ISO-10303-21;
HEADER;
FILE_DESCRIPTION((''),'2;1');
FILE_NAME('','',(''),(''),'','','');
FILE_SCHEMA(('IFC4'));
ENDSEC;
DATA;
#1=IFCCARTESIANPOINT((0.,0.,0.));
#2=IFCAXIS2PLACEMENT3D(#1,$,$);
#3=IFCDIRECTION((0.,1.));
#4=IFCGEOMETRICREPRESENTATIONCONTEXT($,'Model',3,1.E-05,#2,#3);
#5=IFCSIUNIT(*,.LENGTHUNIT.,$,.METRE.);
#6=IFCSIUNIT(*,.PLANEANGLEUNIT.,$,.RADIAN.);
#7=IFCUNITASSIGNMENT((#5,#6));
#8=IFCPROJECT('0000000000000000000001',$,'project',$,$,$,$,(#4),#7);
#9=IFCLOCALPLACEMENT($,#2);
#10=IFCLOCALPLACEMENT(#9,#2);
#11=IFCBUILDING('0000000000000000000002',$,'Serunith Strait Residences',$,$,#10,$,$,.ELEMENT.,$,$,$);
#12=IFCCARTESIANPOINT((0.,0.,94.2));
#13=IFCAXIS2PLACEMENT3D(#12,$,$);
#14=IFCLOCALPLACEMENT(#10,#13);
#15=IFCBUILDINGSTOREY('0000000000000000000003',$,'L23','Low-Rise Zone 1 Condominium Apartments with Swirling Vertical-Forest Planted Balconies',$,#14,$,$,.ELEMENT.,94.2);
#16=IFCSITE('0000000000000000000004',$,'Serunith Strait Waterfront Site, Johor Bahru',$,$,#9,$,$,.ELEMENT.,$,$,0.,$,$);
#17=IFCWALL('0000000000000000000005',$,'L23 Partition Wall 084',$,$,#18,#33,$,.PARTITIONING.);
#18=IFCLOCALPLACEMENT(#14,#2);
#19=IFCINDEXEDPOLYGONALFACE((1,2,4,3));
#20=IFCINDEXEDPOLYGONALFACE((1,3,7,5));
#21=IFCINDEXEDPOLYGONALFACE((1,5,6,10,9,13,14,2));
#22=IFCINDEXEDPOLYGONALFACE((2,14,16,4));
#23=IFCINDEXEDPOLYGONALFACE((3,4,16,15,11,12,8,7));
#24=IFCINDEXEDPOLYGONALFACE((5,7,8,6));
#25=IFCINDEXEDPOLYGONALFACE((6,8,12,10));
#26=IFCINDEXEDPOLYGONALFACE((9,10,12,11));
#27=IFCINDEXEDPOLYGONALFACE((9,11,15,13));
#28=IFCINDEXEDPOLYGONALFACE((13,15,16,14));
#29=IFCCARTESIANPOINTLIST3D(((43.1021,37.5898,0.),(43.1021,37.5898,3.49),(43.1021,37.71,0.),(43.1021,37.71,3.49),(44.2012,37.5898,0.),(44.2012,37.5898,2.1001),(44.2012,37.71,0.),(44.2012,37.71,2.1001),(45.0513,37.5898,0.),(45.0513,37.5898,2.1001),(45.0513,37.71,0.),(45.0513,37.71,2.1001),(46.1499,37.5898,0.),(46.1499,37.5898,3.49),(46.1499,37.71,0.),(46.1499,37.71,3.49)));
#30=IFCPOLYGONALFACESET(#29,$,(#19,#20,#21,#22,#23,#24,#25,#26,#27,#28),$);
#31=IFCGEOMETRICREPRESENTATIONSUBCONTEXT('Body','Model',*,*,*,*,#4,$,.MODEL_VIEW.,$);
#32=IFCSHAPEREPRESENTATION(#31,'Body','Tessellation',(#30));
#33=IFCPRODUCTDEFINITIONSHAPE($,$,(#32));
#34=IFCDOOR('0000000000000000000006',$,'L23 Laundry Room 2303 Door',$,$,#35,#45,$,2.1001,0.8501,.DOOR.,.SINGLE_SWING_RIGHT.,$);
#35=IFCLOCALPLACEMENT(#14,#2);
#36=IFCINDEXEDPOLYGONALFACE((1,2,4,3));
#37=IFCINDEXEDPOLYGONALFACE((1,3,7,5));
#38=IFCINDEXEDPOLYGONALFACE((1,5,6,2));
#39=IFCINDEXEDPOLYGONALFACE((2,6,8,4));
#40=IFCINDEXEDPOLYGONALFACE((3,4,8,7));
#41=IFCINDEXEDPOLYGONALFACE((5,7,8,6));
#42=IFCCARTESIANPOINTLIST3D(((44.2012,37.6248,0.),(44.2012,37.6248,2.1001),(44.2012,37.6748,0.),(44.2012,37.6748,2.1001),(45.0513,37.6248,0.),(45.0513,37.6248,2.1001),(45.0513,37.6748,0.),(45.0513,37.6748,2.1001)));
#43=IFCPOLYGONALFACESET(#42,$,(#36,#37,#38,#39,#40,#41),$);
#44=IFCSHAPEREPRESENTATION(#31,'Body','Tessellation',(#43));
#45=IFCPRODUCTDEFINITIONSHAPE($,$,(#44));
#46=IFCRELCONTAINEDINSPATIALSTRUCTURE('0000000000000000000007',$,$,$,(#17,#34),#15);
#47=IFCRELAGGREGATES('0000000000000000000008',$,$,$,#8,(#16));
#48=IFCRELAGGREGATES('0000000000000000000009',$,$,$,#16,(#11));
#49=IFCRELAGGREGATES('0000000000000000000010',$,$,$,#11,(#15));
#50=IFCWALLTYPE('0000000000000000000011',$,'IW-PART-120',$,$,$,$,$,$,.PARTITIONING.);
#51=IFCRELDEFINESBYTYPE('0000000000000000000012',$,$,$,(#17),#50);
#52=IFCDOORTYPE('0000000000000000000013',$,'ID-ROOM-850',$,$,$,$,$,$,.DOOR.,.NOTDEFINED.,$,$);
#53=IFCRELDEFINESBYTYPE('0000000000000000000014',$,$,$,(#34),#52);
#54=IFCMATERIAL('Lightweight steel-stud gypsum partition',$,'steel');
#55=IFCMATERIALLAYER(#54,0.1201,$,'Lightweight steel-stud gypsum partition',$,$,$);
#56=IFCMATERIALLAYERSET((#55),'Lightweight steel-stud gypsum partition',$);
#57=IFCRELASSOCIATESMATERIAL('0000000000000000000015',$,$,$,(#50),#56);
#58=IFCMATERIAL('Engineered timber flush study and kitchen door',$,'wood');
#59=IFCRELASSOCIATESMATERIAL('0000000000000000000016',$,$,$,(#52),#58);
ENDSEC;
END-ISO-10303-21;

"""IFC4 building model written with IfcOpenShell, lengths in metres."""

from ifc_helpers import new_model, si_unit, direction, frame, frame_2d, origin, place, context, subcontext, project, spatial, rectangle, extrude, source, transform, mapped, material, layer, layer_set, type_object, element, fill, save


model = new_model("IFC4")

# Units and contexts
model_context = context("Model", 3, precision=1e-05, world=origin(), true_north=direction((0.0, 1.0)))
body_context = subcontext(model_context, "Body", "Model", "MODEL_VIEW")
ifc_project = project(units=[si_unit("LENGTHUNIT", "METRE"), si_unit("PLANEANGLEUNIT", "RADIAN")], contexts=[model_context])

# Site, building, storey
site_placement = place(None, origin())
site = spatial("IfcSite", under=ifc_project, at=site_placement, Name="Serunith Strait Waterfront Site, Johor Bahru", CompositionType="ELEMENT", RefElevation=0.0)
building_placement = place(site_placement, origin())
building = spatial("IfcBuilding", under=site, at=building_placement, Name="Serunith Strait Residences", CompositionType="ELEMENT")
storey_placement = place(building_placement, frame((0.0, 0.0, 94.2)))
storey = spatial("IfcBuildingStorey", under=building, at=storey_placement, Name="L23", Description="Low-Rise Zone 1 Condominium Apartments with Swirling Vertical-Forest Planted Balconies", CompositionType="ELEMENT", Elevation=94.2)

# Shared definitions
ifc_material_1 = material(Name="Lightweight steel-stud gypsum partition", Category="steel")
ifc_layer_1 = layer(ifc_material_1, 0.1201, Name="Lightweight steel-stud gypsum partition")
ifc_layer_set_1 = layer_set([ifc_layer_1], Name="Lightweight steel-stud gypsum partition")
wall_type = type_object("IfcWallType", Name="IW-PART-120", PredefinedType="PARTITIONING", material=ifc_layer_set_1)
ifc_material_2 = material(Name="Engineered timber flush study and kitchen door", Category="wood")
door_type_1 = type_object("IfcDoorType", Name="ID-ROOM-850", OperationType="NOTDEFINED", PredefinedType="DOOR", material=ifc_material_2)
shared_shape_1 = source(origin(), body_context, "Body", "SweptSolid", [
    extrude(rectangle(XDim=0.8501, YDim=2.1001, at=frame_2d((0.425, 1.05))), frame((0.0, 0.0249, 0.0), z_axis=(0.0, -1.0, 0.0), x_axis=(1.0, 0.0, 0.0)), (0.0, 0.0, 1.0), 0.05),
])

# Wall, opening, door
wall_1_placement = place(storey_placement, frame((43.1021, 37.6499, 0.0), z_axis=(0.0, 0.0, 1.0), x_axis=(1.0, 0.0, 0.0)))
wall_1 = element("IfcWall", 1, at=wall_1_placement, inside=storey, type_object=wall_type, Name="L23 Partition Wall 084", PredefinedType="PARTITIONING", context=body_context, shape_type="SweptSolid", body=[
    extrude(rectangle(XDim=3.0479, YDim=0.1201, at=frame_2d((1.5239, 0.0))), origin(), (0.0, 0.0, 1.0), 3.49),
])
opening_1_placement = place(wall_1_placement, frame((1.0991, 0.0, 0.0)))
opening_1 = element("IfcOpeningElement", 2, at=opening_1_placement, cuts=wall_1, PredefinedType="OPENING", context=body_context, shape_type="SweptSolid", body=[
    extrude(rectangle(XDim=0.8501, YDim=2.1001, at=frame_2d((0.425, 1.05))), frame((0.0, 0.0701, 0.0), z_axis=(0.0, -1.0, 0.0), x_axis=(1.0, 0.0, 0.0)), (0.0, 0.0, 1.0), 0.1401),
])
door_1_placement = place(opening_1_placement, origin())
door_1 = element("IfcDoor", 3, at=door_1_placement, inside=storey, type_object=door_type_1, Name="L23 Laundry Room 2303 Door", OperationType="SINGLE_SWING_RIGHT", OverallHeight=2.1001, OverallWidth=0.8501, PredefinedType="DOOR", context=body_context, shape_type="MappedRepresentation", body=[
    mapped(shared_shape_1, transform((0.0, 0.0, 0.0), scale=1.0)),
])
fill(opening_1, door_1)

save(model, "model.ifc")
